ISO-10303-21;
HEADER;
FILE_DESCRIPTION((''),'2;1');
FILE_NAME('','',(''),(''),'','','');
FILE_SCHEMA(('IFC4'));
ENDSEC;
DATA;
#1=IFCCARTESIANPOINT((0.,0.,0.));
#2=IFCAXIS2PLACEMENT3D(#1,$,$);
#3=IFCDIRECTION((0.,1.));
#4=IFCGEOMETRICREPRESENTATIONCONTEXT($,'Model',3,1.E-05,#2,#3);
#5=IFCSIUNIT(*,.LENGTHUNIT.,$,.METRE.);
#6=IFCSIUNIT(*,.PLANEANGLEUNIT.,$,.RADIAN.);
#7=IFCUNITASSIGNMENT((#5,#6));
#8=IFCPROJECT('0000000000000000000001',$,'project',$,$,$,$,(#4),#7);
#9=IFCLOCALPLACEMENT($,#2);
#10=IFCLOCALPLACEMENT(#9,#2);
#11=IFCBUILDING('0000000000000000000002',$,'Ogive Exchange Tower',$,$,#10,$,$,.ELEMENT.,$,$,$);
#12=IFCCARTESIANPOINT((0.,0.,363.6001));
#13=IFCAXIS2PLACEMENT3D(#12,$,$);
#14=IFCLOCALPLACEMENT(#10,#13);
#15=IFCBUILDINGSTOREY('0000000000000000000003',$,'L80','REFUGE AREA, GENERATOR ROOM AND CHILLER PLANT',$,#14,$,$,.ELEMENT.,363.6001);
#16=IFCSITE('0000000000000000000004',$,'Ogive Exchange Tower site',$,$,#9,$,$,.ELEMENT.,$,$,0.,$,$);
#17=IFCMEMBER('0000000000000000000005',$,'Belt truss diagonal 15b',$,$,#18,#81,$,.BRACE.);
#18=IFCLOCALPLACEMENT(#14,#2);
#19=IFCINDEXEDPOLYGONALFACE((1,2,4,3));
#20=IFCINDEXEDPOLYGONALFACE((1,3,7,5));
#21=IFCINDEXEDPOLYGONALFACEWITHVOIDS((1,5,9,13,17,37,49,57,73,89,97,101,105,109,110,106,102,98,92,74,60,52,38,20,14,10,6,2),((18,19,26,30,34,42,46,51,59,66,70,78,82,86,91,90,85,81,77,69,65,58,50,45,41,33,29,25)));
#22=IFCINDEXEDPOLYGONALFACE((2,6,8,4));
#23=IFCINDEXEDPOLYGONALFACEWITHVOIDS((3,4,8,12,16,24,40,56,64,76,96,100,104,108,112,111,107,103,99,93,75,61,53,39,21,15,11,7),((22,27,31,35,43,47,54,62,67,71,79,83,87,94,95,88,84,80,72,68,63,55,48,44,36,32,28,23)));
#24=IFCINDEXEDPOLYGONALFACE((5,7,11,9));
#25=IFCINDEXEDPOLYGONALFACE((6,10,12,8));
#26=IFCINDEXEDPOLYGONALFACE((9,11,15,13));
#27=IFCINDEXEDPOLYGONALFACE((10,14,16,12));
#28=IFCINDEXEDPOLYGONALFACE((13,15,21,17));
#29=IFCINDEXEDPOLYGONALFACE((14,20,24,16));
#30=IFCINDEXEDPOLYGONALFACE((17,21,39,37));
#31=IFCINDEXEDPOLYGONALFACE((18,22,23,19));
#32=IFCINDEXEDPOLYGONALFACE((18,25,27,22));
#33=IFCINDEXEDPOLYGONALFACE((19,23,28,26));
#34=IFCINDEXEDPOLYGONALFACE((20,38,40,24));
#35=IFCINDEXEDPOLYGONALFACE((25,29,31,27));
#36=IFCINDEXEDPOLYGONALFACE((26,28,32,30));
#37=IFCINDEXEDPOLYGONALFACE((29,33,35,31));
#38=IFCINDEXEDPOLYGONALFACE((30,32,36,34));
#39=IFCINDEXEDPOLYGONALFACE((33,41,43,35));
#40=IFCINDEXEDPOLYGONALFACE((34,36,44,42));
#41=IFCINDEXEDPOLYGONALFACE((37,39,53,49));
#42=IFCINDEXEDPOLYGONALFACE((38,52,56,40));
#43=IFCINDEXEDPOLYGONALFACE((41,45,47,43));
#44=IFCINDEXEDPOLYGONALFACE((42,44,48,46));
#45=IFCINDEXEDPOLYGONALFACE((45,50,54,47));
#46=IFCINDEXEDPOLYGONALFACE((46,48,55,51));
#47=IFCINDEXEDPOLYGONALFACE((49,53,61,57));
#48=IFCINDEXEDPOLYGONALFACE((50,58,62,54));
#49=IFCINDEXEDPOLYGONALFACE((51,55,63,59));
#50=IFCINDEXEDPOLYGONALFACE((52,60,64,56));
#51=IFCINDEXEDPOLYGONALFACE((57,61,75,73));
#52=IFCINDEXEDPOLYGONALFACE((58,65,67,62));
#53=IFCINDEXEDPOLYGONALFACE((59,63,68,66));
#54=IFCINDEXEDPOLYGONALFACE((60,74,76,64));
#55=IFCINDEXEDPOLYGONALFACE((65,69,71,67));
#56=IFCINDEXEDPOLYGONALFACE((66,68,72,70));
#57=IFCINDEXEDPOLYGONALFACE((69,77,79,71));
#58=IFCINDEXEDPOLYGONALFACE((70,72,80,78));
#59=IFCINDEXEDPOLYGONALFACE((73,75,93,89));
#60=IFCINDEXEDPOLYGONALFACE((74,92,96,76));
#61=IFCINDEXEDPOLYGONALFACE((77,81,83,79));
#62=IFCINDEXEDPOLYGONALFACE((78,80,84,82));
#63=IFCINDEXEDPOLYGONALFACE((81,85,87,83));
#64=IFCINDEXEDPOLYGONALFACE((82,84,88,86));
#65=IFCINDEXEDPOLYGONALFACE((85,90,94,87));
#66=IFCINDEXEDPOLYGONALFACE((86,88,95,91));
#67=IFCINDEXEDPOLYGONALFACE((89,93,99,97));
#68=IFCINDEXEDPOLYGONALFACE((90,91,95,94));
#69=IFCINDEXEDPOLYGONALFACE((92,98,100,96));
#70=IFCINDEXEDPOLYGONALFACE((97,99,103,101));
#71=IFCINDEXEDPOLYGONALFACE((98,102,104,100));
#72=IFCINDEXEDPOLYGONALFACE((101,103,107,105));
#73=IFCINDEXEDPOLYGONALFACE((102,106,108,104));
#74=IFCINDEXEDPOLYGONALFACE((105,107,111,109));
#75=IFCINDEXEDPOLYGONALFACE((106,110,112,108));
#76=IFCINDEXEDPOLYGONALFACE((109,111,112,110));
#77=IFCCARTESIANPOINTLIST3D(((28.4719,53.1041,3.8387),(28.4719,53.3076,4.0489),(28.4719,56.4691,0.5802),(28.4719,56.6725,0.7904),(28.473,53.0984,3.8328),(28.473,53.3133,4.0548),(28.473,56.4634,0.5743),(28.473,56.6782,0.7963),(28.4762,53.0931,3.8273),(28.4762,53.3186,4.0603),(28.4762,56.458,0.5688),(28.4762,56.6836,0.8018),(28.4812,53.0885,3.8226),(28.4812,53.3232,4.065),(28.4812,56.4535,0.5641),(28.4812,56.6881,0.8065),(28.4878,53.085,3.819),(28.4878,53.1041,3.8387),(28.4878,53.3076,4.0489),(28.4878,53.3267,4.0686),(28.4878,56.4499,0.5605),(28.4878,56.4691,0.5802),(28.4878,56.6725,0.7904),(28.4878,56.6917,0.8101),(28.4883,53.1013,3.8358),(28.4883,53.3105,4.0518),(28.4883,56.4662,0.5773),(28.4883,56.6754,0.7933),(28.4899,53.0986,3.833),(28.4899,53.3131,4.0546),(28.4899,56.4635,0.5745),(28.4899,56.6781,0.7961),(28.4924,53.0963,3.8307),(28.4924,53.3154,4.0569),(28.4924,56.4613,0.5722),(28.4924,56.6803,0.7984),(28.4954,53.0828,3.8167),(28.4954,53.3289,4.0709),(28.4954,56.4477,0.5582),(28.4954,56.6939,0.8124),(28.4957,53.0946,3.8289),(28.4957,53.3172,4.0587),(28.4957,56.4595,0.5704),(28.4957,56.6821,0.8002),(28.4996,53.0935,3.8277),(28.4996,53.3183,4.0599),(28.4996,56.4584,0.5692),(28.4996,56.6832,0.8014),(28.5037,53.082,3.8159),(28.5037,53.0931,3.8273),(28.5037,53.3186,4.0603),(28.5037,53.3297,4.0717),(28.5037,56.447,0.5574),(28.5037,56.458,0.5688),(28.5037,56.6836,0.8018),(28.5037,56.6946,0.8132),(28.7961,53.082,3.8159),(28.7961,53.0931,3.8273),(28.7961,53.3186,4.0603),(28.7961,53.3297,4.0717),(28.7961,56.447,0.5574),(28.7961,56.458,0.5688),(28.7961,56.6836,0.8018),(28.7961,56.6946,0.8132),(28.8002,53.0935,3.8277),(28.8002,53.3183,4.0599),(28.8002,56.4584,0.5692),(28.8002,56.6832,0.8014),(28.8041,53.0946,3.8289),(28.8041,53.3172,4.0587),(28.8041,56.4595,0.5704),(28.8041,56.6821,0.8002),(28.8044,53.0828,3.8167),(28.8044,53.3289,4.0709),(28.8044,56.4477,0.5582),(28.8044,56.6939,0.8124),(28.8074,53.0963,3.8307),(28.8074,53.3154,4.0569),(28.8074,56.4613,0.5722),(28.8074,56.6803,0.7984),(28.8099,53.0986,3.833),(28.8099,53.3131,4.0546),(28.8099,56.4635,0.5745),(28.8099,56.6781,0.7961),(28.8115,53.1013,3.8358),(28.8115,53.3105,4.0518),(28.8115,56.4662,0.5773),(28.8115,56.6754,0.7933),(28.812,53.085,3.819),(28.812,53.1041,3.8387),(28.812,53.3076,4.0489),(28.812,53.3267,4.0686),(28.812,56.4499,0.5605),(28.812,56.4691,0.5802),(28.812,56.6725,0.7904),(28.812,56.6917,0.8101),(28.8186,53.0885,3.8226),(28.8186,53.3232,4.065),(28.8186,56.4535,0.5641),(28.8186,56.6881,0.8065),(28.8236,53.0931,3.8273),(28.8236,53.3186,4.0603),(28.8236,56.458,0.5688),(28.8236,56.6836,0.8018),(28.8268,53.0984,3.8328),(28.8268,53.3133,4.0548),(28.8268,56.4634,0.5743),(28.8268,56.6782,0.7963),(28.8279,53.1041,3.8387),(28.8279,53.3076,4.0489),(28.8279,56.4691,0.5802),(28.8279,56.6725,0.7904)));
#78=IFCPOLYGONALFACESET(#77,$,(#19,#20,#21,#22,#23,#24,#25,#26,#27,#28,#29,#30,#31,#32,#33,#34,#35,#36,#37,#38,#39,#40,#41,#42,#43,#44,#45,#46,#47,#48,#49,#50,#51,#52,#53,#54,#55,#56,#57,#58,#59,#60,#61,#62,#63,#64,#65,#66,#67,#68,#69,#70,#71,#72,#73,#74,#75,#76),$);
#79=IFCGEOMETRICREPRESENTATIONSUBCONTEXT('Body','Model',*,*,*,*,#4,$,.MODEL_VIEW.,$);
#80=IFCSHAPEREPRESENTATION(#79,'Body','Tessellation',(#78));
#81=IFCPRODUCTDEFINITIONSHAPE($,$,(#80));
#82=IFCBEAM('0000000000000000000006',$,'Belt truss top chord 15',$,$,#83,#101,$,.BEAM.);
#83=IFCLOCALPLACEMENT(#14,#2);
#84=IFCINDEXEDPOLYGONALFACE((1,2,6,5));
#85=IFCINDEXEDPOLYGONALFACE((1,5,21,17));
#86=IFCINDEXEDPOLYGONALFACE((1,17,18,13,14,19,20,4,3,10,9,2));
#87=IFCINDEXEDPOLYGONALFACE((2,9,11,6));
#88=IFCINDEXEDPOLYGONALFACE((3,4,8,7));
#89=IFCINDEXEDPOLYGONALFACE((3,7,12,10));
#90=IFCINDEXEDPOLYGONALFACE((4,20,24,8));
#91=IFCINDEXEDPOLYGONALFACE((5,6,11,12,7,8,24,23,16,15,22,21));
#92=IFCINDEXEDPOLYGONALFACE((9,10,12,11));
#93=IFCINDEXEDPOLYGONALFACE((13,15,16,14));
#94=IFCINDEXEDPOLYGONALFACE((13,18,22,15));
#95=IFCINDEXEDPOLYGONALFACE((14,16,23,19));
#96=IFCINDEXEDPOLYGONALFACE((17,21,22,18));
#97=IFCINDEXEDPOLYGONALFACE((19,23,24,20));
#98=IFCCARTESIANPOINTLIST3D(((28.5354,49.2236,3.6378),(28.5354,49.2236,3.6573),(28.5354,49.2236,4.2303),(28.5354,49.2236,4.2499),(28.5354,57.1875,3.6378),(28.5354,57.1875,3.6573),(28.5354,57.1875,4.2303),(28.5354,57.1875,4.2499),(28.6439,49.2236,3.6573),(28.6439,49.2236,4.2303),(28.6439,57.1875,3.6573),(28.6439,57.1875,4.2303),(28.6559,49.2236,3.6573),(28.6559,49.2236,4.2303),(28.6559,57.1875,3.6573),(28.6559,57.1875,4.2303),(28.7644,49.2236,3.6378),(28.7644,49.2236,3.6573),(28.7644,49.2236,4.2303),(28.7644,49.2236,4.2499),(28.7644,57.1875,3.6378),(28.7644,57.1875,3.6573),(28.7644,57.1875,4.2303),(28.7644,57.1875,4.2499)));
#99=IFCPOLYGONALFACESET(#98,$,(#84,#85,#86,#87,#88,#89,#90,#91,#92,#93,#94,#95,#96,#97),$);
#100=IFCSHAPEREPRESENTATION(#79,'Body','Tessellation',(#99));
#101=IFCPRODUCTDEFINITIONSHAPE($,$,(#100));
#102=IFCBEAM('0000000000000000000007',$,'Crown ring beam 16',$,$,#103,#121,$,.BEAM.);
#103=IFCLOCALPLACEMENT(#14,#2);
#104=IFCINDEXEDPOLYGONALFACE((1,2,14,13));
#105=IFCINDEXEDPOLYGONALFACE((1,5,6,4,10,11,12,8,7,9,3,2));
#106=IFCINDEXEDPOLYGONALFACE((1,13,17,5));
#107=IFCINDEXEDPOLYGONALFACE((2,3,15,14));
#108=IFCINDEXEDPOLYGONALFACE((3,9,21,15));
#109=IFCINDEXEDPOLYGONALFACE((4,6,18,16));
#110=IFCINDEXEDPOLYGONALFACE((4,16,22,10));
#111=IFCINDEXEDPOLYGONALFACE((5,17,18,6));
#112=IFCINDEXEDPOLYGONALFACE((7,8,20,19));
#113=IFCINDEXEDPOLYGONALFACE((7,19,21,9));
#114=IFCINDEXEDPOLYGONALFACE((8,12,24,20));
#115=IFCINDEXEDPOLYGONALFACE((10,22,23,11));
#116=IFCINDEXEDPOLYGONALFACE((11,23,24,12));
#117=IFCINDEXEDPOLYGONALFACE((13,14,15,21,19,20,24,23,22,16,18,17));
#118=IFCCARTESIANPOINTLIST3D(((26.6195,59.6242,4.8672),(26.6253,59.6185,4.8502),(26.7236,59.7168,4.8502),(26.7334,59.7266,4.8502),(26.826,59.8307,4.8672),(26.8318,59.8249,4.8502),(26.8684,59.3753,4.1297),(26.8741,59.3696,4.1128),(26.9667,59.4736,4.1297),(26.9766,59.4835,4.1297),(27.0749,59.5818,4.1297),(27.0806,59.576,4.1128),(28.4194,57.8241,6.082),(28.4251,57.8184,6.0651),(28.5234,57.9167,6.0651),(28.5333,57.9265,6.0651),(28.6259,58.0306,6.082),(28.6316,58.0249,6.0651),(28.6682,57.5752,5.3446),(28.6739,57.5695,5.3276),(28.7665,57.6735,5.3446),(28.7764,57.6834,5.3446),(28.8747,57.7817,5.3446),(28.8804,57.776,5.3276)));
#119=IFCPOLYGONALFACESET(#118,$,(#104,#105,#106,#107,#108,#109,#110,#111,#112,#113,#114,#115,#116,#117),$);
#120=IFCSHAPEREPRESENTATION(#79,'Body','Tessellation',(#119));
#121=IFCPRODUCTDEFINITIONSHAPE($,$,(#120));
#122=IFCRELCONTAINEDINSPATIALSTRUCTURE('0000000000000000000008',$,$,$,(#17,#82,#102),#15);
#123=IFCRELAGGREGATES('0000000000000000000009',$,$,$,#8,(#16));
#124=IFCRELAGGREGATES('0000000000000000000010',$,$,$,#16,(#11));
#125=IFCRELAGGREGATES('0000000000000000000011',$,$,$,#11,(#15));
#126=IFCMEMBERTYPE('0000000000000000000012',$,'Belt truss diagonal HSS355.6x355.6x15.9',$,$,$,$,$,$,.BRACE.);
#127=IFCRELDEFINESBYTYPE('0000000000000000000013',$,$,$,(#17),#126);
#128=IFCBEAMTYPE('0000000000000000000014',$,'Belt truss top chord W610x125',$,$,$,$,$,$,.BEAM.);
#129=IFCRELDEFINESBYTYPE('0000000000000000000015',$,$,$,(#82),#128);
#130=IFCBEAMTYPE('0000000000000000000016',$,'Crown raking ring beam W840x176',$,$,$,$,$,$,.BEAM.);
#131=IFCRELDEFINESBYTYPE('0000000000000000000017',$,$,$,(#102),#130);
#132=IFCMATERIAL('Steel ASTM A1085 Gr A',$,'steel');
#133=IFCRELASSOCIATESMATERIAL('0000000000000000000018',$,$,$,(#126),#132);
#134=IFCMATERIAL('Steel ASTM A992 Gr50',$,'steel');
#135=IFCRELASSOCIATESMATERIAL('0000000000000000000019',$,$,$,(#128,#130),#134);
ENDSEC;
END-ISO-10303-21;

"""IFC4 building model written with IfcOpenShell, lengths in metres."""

from ifc_helpers import new_model, si_unit, direction, frame, origin, origin_2d, place, context, subcontext, project, spatial, hollow_rectangle, i_section, extrude, material, material_profile, profile_set, type_object, element, save


model = new_model("IFC4")

# Units and contexts
model_context = context("Model", 3, precision=1e-05, world=origin(), true_north=direction((0.0, 1.0)))
body_context = subcontext(model_context, "Body", "Model", "MODEL_VIEW")
ifc_project = project(units=[si_unit("LENGTHUNIT", "METRE"), si_unit("PLANEANGLEUNIT", "RADIAN")], contexts=[model_context])

# Site, building, storey
site_placement = place(None, origin())
site = spatial("IfcSite", under=ifc_project, at=site_placement, Name="Ogive Exchange Tower site", CompositionType="ELEMENT", RefElevation=0.0)
building_placement = place(site_placement, origin())
building = spatial("IfcBuilding", under=site, at=building_placement, Name="Ogive Exchange Tower", CompositionType="ELEMENT")
storey_placement = place(building_placement, frame((0.0, 0.0, 363.6001)))
storey = spatial("IfcBuildingStorey", under=building, at=storey_placement, Name="L80", Description="REFUGE AREA, GENERATOR ROOM AND CHILLER PLANT", CompositionType="ELEMENT", Elevation=363.6001)

# Shared definitions
ifc_material_1 = material(Name="Steel ASTM A992 Gr50", Category="steel")

# Member
ifc_material_2 = material(Name="Steel ASTM A1085 Gr A", Category="steel")
ifc_material_profile_1 = material_profile(ifc_material_2, hollow_rectangle(XDim=0.356, YDim=0.356, WallThickness=0.0159, InnerFilletRadius=0.0159, OuterFilletRadius=0.0317, at=origin_2d()), Name="HSS355.6x355.6x15.9")
ifc_profile_set_1 = profile_set([ifc_material_profile_1], Name="Steel ASTM A1085 Gr A")
member_type = type_object("IfcMemberType", Name="Belt truss diagonal HSS355.6x355.6x15.9", PredefinedType="BRACE", material=ifc_profile_set_1)
member_1_placement = place(storey_placement, frame((28.6499, 56.5708, 0.6853), z_axis=(0.0, -0.718378, 0.695653), x_axis=(1.0, 0.0, 0.0)))
element("IfcMember", 1, at=member_1_placement, inside=storey, type_object=member_type, Name="Belt truss diagonal 15b", PredefinedType="BRACE", context=body_context, shape_type="SweptSolid", body=[
    extrude(hollow_rectangle(XDim=0.356, YDim=0.356, WallThickness=0.0159, InnerFilletRadius=0.0159, OuterFilletRadius=0.0317, at=origin_2d()), origin(), (0.0, 0.0, 1.0), 4.6841),
])

# Beams
ifc_material_profile_2 = material_profile(ifc_material_1, i_section(OverallWidth=0.229, OverallDepth=0.6121, WebThickness=0.012, FlangeThickness=0.0195, at=origin_2d()), Name="W610x125")
ifc_profile_set_2 = profile_set([ifc_material_profile_2], Name="Steel ASTM A992 Gr50")
beam_type_1 = type_object("IfcBeamType", Name="Belt truss top chord W610x125", PredefinedType="BEAM", material=ifc_profile_set_2)
beam_1_placement = place(storey_placement, frame((28.6499, 49.2236, 3.9438), z_axis=(0.0, 1.0, 0.0), x_axis=(-1.0, 0.0, 0.0)))
element("IfcBeam", 2, at=beam_1_placement, inside=storey, type_object=beam_type_1, Name="Belt truss top chord 15", PredefinedType="BEAM", context=body_context, shape_type="SweptSolid", body=[
    extrude(i_section(OverallWidth=0.229, OverallDepth=0.6121, WebThickness=0.012, FlangeThickness=0.0195, at=origin_2d()), origin(), (0.0, 0.0, 1.0), 7.9639),
])
ifc_material_profile_3 = material_profile(ifc_material_1, i_section(OverallWidth=0.292, OverallDepth=0.8359, WebThickness=0.0139, FlangeThickness=0.0188, at=origin_2d()), Name="W840x176")
ifc_profile_set_3 = profile_set([ifc_material_profile_3], Name="Steel ASTM A992 Gr50")
beam_type_2 = type_object("IfcBeamType", Name="Crown raking ring beam W840x176", PredefinedType="BEAM", material=ifc_profile_set_3)
beam_2_placement = place(storey_placement, frame((28.6499, 57.8, 5.7048), z_axis=(-0.638112, 0.638198, -0.430717), x_axis=(-0.707155, -0.707059, 0.0)))
element("IfcBeam", 3, at=beam_2_placement, inside=storey, type_object=beam_type_2, Name="Crown ring beam 16", PredefinedType="BEAM", context=body_context, shape_type="SweptSolid", body=[
    extrude(i_section(OverallWidth=0.292, OverallDepth=0.8359, WebThickness=0.0139, FlangeThickness=0.0188, at=origin_2d()), origin(), (0.0, 0.0, 1.0), 2.8206),
])

save(model, "model.ifc")
